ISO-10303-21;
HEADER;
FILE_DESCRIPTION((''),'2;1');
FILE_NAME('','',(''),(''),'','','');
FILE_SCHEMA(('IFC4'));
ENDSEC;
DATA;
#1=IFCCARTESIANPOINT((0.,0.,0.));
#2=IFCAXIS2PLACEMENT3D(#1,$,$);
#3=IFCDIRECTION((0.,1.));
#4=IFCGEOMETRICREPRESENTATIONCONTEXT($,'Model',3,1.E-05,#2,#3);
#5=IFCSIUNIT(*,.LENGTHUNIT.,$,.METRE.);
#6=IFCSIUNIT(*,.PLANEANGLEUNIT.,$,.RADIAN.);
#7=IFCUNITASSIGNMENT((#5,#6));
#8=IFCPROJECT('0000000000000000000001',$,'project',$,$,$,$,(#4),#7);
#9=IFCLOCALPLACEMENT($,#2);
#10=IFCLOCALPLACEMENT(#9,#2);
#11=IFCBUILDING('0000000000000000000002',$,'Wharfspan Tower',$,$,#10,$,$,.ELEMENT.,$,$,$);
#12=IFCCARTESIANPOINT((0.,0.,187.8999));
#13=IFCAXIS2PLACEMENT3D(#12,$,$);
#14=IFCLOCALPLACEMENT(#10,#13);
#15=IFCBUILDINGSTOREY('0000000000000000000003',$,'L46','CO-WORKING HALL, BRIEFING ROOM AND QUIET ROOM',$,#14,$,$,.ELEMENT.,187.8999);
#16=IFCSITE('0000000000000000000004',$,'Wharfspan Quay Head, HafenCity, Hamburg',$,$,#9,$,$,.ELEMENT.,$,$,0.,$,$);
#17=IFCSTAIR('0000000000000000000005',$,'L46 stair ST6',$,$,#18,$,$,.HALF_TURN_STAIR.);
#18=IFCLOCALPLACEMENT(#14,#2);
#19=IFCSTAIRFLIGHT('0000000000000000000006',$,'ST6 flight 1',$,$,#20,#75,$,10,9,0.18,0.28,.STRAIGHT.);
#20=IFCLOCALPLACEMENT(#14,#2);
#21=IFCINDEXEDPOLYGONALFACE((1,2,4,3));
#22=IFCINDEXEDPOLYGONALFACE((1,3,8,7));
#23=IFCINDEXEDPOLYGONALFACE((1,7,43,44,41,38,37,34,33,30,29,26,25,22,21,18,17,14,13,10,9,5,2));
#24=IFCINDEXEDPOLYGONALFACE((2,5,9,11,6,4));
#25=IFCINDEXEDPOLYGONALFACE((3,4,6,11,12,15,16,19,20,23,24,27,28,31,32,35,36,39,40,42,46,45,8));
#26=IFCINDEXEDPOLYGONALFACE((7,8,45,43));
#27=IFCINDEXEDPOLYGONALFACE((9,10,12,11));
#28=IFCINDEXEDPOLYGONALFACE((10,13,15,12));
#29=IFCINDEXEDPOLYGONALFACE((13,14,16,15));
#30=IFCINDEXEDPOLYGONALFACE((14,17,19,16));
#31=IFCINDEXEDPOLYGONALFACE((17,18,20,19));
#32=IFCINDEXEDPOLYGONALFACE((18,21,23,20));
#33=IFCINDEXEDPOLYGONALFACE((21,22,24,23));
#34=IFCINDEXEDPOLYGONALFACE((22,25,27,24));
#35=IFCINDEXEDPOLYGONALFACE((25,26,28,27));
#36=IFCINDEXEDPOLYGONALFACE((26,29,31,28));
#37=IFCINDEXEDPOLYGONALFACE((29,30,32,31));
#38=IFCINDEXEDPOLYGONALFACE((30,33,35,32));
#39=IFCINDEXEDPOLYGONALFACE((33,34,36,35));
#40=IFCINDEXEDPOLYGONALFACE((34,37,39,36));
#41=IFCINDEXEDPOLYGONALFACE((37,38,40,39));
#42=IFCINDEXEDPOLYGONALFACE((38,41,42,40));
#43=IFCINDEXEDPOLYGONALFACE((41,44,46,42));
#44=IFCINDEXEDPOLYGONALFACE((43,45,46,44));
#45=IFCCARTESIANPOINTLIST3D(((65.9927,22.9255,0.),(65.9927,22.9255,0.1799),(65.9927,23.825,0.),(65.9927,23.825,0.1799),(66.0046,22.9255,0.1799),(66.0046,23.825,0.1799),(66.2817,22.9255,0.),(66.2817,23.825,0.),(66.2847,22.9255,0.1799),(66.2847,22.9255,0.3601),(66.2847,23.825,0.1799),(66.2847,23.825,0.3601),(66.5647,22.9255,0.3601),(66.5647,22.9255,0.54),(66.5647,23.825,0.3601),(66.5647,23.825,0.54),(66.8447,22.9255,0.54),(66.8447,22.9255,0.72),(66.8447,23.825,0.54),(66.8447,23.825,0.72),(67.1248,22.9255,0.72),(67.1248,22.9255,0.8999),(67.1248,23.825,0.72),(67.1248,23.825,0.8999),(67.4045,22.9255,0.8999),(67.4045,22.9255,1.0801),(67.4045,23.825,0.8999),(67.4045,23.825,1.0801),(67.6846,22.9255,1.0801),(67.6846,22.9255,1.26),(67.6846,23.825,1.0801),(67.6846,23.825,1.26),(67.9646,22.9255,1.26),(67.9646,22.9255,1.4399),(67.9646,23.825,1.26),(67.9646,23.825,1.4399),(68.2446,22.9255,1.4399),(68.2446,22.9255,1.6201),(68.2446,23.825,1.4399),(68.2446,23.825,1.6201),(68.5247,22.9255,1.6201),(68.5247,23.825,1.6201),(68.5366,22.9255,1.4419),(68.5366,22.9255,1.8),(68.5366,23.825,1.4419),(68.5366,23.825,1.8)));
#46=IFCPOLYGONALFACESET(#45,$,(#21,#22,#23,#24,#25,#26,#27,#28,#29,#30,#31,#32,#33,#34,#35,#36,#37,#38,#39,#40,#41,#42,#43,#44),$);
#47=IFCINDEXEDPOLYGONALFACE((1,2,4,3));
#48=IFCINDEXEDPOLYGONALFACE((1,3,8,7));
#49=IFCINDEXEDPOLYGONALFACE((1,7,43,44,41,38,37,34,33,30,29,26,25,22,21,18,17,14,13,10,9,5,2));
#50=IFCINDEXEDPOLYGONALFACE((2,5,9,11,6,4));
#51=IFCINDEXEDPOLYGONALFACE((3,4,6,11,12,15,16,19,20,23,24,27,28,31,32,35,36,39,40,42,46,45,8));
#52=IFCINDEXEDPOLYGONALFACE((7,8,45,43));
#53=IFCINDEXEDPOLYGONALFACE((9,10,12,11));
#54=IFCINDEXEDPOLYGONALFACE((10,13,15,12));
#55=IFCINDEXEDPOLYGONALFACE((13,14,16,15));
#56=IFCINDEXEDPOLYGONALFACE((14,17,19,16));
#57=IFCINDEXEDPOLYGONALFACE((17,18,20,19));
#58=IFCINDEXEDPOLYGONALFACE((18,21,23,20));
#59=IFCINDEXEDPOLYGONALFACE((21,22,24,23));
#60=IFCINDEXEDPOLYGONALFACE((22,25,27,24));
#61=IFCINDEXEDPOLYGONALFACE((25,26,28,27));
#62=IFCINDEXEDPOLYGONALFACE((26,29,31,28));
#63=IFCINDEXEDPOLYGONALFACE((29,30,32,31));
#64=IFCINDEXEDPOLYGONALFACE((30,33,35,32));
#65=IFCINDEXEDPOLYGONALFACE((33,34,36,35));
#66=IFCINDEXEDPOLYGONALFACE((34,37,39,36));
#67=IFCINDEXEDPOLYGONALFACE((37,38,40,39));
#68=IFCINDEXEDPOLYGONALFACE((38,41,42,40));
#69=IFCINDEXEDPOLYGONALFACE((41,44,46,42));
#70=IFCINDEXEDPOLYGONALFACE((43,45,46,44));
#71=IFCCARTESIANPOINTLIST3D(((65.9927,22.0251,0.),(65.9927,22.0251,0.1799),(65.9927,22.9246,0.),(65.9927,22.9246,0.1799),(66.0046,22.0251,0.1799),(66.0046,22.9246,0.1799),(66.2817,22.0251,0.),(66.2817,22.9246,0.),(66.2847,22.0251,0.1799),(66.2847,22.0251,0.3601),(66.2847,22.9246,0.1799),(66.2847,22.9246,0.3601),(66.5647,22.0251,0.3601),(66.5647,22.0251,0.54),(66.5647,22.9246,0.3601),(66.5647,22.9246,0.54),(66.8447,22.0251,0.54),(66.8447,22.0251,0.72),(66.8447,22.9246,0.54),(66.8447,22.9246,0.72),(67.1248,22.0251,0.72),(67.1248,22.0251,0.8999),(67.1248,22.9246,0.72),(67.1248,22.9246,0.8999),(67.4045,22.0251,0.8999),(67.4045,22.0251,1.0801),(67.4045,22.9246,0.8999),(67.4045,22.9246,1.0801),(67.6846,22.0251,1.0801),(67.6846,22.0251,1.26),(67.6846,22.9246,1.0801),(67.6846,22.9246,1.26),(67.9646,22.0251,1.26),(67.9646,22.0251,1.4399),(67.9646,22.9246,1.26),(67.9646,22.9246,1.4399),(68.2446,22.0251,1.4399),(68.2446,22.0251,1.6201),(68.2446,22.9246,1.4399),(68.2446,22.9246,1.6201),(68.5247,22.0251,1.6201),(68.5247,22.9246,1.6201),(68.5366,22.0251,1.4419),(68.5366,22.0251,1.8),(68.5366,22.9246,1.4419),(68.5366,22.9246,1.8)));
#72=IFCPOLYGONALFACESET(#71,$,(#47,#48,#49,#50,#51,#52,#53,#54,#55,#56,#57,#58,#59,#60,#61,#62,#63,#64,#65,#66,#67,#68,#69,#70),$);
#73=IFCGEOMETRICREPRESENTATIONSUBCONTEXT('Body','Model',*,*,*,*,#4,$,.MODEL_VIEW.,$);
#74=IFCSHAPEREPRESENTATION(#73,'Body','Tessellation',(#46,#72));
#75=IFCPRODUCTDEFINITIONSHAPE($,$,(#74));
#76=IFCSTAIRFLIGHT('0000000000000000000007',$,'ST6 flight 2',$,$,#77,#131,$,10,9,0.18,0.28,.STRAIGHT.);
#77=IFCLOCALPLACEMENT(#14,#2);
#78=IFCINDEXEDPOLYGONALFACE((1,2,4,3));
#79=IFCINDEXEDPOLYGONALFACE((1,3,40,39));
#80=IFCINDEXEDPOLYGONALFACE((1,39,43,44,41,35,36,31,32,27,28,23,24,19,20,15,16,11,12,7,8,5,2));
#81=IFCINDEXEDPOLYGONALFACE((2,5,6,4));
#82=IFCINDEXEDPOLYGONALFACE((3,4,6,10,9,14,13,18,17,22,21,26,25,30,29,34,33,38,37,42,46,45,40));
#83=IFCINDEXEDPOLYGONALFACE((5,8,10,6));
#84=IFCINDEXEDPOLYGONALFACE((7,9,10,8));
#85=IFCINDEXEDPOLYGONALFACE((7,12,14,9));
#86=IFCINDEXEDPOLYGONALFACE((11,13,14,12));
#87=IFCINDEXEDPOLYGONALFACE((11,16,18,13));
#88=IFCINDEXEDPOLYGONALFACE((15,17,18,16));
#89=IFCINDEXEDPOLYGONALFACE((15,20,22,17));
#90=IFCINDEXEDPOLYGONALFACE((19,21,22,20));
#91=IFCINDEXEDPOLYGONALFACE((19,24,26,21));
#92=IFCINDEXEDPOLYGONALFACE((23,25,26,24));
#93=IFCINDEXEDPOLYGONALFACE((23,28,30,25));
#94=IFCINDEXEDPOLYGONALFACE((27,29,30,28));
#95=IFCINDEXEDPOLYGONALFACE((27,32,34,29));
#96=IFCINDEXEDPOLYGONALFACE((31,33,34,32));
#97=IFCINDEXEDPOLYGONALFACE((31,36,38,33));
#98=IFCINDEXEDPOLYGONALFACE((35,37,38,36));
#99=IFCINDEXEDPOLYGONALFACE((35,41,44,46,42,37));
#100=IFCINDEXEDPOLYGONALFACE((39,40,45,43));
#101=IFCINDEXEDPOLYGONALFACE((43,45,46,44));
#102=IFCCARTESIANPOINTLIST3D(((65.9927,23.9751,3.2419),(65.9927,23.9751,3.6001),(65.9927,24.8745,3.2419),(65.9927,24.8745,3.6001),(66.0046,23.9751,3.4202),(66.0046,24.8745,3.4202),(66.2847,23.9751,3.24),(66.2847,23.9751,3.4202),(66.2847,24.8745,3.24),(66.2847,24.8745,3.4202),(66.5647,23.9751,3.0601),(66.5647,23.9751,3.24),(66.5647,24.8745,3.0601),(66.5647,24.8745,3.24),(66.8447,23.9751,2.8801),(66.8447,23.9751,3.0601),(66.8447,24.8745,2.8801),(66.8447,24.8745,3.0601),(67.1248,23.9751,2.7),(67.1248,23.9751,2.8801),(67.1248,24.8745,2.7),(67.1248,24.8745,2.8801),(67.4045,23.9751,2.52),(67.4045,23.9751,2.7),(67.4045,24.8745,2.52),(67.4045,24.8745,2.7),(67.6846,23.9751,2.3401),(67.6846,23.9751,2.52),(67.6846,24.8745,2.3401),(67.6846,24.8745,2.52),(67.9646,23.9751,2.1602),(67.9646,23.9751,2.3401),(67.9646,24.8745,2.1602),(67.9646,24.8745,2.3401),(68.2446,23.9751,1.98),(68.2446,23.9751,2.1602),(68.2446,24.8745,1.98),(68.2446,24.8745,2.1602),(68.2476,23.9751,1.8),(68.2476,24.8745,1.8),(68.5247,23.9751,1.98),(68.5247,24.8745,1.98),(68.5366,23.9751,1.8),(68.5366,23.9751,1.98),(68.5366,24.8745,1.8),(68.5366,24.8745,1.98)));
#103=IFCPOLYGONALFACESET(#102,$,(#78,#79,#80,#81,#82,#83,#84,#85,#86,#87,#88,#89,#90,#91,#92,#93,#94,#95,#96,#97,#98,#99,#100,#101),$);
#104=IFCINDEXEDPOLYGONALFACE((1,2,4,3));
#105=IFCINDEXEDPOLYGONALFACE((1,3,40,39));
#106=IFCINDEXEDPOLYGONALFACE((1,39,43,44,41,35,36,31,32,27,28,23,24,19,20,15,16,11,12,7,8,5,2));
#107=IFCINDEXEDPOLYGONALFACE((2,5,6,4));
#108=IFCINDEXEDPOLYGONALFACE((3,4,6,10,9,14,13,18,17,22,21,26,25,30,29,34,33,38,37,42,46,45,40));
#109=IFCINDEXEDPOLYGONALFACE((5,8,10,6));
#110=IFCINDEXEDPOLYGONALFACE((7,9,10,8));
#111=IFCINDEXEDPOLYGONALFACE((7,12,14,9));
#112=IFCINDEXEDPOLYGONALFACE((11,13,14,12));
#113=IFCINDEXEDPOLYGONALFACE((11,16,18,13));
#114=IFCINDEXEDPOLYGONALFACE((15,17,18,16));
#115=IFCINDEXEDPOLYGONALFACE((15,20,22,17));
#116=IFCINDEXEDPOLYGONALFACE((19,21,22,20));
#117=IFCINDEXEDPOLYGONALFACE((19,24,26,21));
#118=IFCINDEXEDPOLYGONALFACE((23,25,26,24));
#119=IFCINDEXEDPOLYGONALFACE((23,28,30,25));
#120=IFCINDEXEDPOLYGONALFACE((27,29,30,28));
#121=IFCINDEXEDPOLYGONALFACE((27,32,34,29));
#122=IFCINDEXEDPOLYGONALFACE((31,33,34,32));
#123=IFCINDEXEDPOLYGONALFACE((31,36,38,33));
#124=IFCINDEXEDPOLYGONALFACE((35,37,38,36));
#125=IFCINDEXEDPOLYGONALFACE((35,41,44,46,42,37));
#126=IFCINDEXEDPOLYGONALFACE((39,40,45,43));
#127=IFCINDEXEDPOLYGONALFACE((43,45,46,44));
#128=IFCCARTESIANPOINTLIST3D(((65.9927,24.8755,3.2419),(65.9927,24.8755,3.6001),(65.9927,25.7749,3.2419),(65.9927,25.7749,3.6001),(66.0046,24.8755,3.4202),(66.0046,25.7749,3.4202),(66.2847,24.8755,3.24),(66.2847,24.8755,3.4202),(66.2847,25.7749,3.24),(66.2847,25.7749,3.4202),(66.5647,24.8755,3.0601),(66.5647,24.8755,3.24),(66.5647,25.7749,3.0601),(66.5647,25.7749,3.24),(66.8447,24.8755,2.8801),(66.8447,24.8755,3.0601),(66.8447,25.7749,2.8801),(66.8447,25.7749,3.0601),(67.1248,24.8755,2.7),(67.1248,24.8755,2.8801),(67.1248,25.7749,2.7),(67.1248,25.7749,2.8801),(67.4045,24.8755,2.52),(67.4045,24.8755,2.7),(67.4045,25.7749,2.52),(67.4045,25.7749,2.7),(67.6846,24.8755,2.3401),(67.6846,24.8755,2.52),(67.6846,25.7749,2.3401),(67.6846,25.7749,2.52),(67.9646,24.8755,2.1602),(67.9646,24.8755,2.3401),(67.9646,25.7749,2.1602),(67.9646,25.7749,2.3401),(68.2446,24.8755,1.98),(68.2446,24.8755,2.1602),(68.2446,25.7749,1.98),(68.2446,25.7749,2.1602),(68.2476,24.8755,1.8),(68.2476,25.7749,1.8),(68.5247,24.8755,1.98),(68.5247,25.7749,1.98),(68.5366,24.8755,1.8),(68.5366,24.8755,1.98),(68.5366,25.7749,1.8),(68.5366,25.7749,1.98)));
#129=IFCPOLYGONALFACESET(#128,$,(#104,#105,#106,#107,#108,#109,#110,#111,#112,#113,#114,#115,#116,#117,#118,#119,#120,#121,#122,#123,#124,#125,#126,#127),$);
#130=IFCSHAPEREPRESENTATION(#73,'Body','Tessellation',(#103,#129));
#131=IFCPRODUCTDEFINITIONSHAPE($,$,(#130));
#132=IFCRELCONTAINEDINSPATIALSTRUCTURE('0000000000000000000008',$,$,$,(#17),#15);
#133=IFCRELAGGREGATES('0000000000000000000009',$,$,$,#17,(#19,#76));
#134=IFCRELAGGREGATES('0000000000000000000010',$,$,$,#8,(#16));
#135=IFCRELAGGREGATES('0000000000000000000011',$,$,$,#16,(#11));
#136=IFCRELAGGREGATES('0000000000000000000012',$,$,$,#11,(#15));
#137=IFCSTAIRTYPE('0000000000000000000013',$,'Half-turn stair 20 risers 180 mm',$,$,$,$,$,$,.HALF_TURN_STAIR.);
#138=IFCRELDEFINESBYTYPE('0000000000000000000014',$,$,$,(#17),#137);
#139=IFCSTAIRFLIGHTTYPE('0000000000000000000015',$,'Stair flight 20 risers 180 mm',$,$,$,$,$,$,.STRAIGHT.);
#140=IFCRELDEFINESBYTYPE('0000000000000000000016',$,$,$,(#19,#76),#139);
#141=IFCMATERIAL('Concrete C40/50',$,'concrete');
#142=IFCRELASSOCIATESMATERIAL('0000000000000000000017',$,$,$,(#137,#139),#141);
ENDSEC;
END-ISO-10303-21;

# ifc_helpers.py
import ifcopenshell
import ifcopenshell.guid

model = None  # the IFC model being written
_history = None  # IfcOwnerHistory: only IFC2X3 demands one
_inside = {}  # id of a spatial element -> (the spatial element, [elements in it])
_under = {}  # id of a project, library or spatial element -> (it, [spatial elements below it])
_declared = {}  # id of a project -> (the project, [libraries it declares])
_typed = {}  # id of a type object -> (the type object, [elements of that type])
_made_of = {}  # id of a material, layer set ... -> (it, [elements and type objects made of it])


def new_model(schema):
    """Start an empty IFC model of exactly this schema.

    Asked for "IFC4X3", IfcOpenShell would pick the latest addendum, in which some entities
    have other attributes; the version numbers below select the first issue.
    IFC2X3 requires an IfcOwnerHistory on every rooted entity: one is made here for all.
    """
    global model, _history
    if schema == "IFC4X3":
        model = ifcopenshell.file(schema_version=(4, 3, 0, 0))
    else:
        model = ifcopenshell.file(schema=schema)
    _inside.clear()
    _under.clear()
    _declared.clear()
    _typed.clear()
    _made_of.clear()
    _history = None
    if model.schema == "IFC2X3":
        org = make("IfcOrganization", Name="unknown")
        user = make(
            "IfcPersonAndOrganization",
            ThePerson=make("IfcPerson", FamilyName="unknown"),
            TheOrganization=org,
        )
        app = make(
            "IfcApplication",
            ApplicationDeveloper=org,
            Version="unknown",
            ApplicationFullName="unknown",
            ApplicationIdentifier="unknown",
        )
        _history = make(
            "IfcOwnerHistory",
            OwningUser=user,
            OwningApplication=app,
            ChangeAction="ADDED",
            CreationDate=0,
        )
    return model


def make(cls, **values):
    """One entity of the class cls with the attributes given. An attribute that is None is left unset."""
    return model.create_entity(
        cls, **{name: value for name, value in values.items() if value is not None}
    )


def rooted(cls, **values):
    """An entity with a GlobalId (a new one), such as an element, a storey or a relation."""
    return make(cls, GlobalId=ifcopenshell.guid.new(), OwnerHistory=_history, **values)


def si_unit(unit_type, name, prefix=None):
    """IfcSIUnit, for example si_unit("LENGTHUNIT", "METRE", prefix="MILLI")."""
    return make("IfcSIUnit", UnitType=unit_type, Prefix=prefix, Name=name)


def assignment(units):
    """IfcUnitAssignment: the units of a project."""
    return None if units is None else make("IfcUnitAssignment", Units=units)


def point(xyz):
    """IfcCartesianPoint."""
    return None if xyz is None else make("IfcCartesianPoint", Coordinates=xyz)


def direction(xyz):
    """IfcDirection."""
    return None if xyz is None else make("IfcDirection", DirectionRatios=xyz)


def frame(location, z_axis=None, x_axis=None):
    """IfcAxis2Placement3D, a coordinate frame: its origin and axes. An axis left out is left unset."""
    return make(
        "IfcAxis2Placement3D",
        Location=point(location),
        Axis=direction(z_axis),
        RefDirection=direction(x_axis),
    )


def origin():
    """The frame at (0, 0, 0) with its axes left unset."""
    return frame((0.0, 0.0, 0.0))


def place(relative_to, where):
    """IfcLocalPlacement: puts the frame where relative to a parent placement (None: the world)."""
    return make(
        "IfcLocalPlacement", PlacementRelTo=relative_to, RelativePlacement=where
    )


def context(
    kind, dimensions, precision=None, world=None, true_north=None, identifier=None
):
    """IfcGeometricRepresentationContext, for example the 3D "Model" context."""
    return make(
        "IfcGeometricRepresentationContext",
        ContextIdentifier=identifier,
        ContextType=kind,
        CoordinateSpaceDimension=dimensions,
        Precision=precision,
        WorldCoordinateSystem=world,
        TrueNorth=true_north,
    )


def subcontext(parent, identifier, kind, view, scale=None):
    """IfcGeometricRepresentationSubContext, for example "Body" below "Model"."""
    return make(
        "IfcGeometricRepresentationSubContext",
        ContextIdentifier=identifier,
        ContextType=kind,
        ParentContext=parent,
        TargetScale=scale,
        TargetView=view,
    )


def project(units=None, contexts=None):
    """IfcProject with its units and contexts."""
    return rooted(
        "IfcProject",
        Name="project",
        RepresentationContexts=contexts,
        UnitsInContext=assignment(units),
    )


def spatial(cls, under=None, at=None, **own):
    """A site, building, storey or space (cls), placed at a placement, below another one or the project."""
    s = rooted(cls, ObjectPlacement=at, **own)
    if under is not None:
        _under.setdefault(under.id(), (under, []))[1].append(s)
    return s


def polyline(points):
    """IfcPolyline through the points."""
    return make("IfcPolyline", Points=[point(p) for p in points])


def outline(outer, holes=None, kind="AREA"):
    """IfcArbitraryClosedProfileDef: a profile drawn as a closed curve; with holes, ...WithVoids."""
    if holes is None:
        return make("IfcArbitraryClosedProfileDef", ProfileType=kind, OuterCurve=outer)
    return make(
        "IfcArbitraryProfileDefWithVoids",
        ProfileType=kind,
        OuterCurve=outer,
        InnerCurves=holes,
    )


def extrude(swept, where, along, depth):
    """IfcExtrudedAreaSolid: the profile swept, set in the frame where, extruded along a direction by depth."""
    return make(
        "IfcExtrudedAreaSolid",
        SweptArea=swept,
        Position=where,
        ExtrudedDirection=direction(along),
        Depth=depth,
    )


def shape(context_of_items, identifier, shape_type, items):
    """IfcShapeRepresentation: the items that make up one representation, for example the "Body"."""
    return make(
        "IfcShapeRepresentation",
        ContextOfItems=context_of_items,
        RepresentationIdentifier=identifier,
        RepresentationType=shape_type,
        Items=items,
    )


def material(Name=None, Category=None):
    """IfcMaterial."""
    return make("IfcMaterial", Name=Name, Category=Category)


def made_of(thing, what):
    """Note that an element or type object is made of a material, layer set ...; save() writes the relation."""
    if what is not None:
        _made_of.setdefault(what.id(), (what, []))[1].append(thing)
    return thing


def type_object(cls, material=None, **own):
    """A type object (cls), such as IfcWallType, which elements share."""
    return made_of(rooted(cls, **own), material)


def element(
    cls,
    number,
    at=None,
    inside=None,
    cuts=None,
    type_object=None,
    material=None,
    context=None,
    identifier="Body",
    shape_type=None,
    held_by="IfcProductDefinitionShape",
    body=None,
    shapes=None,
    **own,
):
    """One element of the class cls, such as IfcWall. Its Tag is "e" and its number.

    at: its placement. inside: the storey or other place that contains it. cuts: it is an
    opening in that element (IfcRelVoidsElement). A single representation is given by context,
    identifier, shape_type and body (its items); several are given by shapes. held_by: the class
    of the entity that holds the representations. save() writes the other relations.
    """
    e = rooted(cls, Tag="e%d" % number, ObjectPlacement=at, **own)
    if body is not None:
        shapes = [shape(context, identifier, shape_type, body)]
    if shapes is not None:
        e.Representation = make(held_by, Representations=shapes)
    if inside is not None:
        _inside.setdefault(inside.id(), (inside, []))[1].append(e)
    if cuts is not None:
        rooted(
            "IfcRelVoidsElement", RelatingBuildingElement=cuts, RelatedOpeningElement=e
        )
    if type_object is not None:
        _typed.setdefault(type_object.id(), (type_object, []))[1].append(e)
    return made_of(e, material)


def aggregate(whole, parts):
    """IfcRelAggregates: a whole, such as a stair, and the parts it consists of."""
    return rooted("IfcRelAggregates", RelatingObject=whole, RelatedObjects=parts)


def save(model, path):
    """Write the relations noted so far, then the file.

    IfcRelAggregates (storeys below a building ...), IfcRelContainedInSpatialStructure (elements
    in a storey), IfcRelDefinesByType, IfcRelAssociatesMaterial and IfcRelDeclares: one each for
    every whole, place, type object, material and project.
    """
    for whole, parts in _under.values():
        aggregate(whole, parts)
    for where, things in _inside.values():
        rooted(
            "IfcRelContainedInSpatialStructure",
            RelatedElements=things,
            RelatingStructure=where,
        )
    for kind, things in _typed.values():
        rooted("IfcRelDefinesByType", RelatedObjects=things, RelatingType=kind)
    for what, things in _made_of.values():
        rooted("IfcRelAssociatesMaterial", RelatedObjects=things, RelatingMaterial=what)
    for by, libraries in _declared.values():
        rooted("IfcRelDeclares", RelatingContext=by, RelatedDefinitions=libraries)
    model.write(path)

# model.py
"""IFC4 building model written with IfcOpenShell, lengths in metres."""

from ifc_helpers import new_model, si_unit, direction, frame, origin, place, context, subcontext, project, spatial, polyline, outline, extrude, material, type_object, element, aggregate, save


model = new_model("IFC4")

# Units and contexts
model_context = context("Model", 3, precision=1e-05, world=origin(), true_north=direction((0.0, 1.0)))
body_context = subcontext(model_context, "Body", "Model", "MODEL_VIEW")
ifc_project = project(units=[si_unit("LENGTHUNIT", "METRE"), si_unit("PLANEANGLEUNIT", "RADIAN")], contexts=[model_context])

# Site, building, storey
site_placement = place(None, origin())
site = spatial("IfcSite", under=ifc_project, at=site_placement, Name="Wharfspan Quay Head, HafenCity, Hamburg", CompositionType="ELEMENT", RefElevation=0.0)
building_placement = place(site_placement, origin())
building = spatial("IfcBuilding", under=site, at=building_placement, Name="Wharfspan Tower", CompositionType="ELEMENT")
storey_placement = place(building_placement, frame((0.0, 0.0, 187.8999)))
storey = spatial("IfcBuildingStorey", under=building, at=storey_placement, Name="L46", Description="CO-WORKING HALL, BRIEFING ROOM AND QUIET ROOM", CompositionType="ELEMENT", Elevation=187.8999)

# Shared definitions
ifc_material_1 = material(Name="Concrete C40/50", Category="concrete")

# Stair, stair flights
stair_type = type_object("IfcStairType", Name="Half-turn stair 20 risers 180 mm", PredefinedType="HALF_TURN_STAIR", material=ifc_material_1)
stair_placement = place(storey_placement, origin())
stair = element("IfcStair", 1, at=stair_placement, inside=storey, type_object=stair_type, Name="L46 stair ST6", PredefinedType="HALF_TURN_STAIR")
stair_flight_type = type_object("IfcStairFlightType", Name="Stair flight 20 risers 180 mm", PredefinedType="STRAIGHT", material=ifc_material_1)
stair_flight_1_placement = place(storey_placement, frame((66.0046, 22.925, 0.0), z_axis=(0.0, 0.0, 1.0), x_axis=(1.0, 0.0, 0.0)))
stair_flight_1 = element("IfcStairFlight", 2, at=stair_flight_1_placement, type_object=stair_flight_type, Name="ST6 flight 1", NumberOfRisers=10, NumberOfTreads=9, PredefinedType="STRAIGHT", RiserHeight=0.18, TreadLength=0.28, context=body_context, shape_type="SweptSolid", body=[
    extrude(outline(polyline([(-0.012, 0.0), (-0.012, 0.1799), (0.0, 0.1799), (0.28, 0.1799), (0.28, 0.3601), (0.5601, 0.3601), (0.5601, 0.54), (0.8401, 0.54), (0.8401, 0.72), (1.1201, 0.72), (1.1201, 0.8999), (1.3999, 0.8999), (1.3999, 1.0801), (1.6799, 1.0801), (1.6799, 1.26), (1.96, 1.26), (1.96, 1.4399), (2.24, 1.4399), (2.24, 1.6201), (2.52, 1.6201), (2.532, 1.8), (2.532, 1.4419), (0.2771, 0.0), (-0.012, 0.0)])), frame((0.0, 0.8999, 0.0), z_axis=(0.0, -1.0, 0.0), x_axis=(1.0, 0.0, 0.0)), (0.0, 0.0, 1.0), 0.8994),
    extrude(outline(polyline([(-0.012, 0.0), (-0.012, 0.1799), (0.0, 0.1799), (0.28, 0.1799), (0.28, 0.3601), (0.5601, 0.3601), (0.5601, 0.54), (0.8401, 0.54), (0.8401, 0.72), (1.1201, 0.72), (1.1201, 0.8999), (1.3999, 0.8999), (1.3999, 1.0801), (1.6799, 1.0801), (1.6799, 1.26), (1.96, 1.26), (1.96, 1.4399), (2.24, 1.4399), (2.24, 1.6201), (2.52, 1.6201), (2.532, 1.8), (2.532, 1.4419), (0.2771, 0.0), (-0.012, 0.0)])), frame((0.0, -0.0005, 0.0), z_axis=(0.0, -1.0, 0.0), x_axis=(1.0, 0.0, 0.0)), (0.0, 0.0, 1.0), 0.8994),
])
stair_flight_2_placement = place(storey_placement, frame((68.5247, 24.875, 1.8), z_axis=(0.0, 0.0, 1.0), x_axis=(-1.0, 0.0, 0.0)))
stair_flight_2 = element("IfcStairFlight", 3, at=stair_flight_2_placement, type_object=stair_flight_type, Name="ST6 flight 2", NumberOfRisers=10, NumberOfTreads=9, PredefinedType="STRAIGHT", RiserHeight=0.18, TreadLength=0.28, context=body_context, shape_type="SweptSolid", body=[
    extrude(outline(polyline([(-0.012, 0.0), (-0.012, 0.1799), (0.0, 0.1799), (0.28, 0.1799), (0.28, 0.3601), (0.5601, 0.3601), (0.5601, 0.54), (0.8401, 0.54), (0.8401, 0.72), (1.1201, 0.72), (1.1201, 0.8999), (1.3999, 0.8999), (1.3999, 1.0801), (1.6799, 1.0801), (1.6799, 1.26), (1.96, 1.26), (1.96, 1.4399), (2.24, 1.4399), (2.24, 1.6201), (2.52, 1.6201), (2.532, 1.8), (2.532, 1.4419), (0.2771, 0.0), (-0.012, 0.0)])), frame((0.0, 0.8999, 0.0), z_axis=(0.0, -1.0, 0.0), x_axis=(1.0, 0.0, 0.0)), (0.0, 0.0, 1.0), 0.8994),
    extrude(outline(polyline([(-0.012, 0.0), (-0.012, 0.1799), (0.0, 0.1799), (0.28, 0.1799), (0.28, 0.3601), (0.5601, 0.3601), (0.5601, 0.54), (0.8401, 0.54), (0.8401, 0.72), (1.1201, 0.72), (1.1201, 0.8999), (1.3999, 0.8999), (1.3999, 1.0801), (1.6799, 1.0801), (1.6799, 1.26), (1.96, 1.26), (1.96, 1.4399), (2.24, 1.4399), (2.24, 1.6201), (2.52, 1.6201), (2.532, 1.8), (2.532, 1.4419), (0.2771, 0.0), (-0.012, 0.0)])), frame((0.0, -0.0005, 0.0), z_axis=(0.0, -1.0, 0.0), x_axis=(1.0, 0.0, 0.0)), (0.0, 0.0, 1.0), 0.8994),
])
aggregate(stair, [stair_flight_1, stair_flight_2])

save(model, "model.ifc")
